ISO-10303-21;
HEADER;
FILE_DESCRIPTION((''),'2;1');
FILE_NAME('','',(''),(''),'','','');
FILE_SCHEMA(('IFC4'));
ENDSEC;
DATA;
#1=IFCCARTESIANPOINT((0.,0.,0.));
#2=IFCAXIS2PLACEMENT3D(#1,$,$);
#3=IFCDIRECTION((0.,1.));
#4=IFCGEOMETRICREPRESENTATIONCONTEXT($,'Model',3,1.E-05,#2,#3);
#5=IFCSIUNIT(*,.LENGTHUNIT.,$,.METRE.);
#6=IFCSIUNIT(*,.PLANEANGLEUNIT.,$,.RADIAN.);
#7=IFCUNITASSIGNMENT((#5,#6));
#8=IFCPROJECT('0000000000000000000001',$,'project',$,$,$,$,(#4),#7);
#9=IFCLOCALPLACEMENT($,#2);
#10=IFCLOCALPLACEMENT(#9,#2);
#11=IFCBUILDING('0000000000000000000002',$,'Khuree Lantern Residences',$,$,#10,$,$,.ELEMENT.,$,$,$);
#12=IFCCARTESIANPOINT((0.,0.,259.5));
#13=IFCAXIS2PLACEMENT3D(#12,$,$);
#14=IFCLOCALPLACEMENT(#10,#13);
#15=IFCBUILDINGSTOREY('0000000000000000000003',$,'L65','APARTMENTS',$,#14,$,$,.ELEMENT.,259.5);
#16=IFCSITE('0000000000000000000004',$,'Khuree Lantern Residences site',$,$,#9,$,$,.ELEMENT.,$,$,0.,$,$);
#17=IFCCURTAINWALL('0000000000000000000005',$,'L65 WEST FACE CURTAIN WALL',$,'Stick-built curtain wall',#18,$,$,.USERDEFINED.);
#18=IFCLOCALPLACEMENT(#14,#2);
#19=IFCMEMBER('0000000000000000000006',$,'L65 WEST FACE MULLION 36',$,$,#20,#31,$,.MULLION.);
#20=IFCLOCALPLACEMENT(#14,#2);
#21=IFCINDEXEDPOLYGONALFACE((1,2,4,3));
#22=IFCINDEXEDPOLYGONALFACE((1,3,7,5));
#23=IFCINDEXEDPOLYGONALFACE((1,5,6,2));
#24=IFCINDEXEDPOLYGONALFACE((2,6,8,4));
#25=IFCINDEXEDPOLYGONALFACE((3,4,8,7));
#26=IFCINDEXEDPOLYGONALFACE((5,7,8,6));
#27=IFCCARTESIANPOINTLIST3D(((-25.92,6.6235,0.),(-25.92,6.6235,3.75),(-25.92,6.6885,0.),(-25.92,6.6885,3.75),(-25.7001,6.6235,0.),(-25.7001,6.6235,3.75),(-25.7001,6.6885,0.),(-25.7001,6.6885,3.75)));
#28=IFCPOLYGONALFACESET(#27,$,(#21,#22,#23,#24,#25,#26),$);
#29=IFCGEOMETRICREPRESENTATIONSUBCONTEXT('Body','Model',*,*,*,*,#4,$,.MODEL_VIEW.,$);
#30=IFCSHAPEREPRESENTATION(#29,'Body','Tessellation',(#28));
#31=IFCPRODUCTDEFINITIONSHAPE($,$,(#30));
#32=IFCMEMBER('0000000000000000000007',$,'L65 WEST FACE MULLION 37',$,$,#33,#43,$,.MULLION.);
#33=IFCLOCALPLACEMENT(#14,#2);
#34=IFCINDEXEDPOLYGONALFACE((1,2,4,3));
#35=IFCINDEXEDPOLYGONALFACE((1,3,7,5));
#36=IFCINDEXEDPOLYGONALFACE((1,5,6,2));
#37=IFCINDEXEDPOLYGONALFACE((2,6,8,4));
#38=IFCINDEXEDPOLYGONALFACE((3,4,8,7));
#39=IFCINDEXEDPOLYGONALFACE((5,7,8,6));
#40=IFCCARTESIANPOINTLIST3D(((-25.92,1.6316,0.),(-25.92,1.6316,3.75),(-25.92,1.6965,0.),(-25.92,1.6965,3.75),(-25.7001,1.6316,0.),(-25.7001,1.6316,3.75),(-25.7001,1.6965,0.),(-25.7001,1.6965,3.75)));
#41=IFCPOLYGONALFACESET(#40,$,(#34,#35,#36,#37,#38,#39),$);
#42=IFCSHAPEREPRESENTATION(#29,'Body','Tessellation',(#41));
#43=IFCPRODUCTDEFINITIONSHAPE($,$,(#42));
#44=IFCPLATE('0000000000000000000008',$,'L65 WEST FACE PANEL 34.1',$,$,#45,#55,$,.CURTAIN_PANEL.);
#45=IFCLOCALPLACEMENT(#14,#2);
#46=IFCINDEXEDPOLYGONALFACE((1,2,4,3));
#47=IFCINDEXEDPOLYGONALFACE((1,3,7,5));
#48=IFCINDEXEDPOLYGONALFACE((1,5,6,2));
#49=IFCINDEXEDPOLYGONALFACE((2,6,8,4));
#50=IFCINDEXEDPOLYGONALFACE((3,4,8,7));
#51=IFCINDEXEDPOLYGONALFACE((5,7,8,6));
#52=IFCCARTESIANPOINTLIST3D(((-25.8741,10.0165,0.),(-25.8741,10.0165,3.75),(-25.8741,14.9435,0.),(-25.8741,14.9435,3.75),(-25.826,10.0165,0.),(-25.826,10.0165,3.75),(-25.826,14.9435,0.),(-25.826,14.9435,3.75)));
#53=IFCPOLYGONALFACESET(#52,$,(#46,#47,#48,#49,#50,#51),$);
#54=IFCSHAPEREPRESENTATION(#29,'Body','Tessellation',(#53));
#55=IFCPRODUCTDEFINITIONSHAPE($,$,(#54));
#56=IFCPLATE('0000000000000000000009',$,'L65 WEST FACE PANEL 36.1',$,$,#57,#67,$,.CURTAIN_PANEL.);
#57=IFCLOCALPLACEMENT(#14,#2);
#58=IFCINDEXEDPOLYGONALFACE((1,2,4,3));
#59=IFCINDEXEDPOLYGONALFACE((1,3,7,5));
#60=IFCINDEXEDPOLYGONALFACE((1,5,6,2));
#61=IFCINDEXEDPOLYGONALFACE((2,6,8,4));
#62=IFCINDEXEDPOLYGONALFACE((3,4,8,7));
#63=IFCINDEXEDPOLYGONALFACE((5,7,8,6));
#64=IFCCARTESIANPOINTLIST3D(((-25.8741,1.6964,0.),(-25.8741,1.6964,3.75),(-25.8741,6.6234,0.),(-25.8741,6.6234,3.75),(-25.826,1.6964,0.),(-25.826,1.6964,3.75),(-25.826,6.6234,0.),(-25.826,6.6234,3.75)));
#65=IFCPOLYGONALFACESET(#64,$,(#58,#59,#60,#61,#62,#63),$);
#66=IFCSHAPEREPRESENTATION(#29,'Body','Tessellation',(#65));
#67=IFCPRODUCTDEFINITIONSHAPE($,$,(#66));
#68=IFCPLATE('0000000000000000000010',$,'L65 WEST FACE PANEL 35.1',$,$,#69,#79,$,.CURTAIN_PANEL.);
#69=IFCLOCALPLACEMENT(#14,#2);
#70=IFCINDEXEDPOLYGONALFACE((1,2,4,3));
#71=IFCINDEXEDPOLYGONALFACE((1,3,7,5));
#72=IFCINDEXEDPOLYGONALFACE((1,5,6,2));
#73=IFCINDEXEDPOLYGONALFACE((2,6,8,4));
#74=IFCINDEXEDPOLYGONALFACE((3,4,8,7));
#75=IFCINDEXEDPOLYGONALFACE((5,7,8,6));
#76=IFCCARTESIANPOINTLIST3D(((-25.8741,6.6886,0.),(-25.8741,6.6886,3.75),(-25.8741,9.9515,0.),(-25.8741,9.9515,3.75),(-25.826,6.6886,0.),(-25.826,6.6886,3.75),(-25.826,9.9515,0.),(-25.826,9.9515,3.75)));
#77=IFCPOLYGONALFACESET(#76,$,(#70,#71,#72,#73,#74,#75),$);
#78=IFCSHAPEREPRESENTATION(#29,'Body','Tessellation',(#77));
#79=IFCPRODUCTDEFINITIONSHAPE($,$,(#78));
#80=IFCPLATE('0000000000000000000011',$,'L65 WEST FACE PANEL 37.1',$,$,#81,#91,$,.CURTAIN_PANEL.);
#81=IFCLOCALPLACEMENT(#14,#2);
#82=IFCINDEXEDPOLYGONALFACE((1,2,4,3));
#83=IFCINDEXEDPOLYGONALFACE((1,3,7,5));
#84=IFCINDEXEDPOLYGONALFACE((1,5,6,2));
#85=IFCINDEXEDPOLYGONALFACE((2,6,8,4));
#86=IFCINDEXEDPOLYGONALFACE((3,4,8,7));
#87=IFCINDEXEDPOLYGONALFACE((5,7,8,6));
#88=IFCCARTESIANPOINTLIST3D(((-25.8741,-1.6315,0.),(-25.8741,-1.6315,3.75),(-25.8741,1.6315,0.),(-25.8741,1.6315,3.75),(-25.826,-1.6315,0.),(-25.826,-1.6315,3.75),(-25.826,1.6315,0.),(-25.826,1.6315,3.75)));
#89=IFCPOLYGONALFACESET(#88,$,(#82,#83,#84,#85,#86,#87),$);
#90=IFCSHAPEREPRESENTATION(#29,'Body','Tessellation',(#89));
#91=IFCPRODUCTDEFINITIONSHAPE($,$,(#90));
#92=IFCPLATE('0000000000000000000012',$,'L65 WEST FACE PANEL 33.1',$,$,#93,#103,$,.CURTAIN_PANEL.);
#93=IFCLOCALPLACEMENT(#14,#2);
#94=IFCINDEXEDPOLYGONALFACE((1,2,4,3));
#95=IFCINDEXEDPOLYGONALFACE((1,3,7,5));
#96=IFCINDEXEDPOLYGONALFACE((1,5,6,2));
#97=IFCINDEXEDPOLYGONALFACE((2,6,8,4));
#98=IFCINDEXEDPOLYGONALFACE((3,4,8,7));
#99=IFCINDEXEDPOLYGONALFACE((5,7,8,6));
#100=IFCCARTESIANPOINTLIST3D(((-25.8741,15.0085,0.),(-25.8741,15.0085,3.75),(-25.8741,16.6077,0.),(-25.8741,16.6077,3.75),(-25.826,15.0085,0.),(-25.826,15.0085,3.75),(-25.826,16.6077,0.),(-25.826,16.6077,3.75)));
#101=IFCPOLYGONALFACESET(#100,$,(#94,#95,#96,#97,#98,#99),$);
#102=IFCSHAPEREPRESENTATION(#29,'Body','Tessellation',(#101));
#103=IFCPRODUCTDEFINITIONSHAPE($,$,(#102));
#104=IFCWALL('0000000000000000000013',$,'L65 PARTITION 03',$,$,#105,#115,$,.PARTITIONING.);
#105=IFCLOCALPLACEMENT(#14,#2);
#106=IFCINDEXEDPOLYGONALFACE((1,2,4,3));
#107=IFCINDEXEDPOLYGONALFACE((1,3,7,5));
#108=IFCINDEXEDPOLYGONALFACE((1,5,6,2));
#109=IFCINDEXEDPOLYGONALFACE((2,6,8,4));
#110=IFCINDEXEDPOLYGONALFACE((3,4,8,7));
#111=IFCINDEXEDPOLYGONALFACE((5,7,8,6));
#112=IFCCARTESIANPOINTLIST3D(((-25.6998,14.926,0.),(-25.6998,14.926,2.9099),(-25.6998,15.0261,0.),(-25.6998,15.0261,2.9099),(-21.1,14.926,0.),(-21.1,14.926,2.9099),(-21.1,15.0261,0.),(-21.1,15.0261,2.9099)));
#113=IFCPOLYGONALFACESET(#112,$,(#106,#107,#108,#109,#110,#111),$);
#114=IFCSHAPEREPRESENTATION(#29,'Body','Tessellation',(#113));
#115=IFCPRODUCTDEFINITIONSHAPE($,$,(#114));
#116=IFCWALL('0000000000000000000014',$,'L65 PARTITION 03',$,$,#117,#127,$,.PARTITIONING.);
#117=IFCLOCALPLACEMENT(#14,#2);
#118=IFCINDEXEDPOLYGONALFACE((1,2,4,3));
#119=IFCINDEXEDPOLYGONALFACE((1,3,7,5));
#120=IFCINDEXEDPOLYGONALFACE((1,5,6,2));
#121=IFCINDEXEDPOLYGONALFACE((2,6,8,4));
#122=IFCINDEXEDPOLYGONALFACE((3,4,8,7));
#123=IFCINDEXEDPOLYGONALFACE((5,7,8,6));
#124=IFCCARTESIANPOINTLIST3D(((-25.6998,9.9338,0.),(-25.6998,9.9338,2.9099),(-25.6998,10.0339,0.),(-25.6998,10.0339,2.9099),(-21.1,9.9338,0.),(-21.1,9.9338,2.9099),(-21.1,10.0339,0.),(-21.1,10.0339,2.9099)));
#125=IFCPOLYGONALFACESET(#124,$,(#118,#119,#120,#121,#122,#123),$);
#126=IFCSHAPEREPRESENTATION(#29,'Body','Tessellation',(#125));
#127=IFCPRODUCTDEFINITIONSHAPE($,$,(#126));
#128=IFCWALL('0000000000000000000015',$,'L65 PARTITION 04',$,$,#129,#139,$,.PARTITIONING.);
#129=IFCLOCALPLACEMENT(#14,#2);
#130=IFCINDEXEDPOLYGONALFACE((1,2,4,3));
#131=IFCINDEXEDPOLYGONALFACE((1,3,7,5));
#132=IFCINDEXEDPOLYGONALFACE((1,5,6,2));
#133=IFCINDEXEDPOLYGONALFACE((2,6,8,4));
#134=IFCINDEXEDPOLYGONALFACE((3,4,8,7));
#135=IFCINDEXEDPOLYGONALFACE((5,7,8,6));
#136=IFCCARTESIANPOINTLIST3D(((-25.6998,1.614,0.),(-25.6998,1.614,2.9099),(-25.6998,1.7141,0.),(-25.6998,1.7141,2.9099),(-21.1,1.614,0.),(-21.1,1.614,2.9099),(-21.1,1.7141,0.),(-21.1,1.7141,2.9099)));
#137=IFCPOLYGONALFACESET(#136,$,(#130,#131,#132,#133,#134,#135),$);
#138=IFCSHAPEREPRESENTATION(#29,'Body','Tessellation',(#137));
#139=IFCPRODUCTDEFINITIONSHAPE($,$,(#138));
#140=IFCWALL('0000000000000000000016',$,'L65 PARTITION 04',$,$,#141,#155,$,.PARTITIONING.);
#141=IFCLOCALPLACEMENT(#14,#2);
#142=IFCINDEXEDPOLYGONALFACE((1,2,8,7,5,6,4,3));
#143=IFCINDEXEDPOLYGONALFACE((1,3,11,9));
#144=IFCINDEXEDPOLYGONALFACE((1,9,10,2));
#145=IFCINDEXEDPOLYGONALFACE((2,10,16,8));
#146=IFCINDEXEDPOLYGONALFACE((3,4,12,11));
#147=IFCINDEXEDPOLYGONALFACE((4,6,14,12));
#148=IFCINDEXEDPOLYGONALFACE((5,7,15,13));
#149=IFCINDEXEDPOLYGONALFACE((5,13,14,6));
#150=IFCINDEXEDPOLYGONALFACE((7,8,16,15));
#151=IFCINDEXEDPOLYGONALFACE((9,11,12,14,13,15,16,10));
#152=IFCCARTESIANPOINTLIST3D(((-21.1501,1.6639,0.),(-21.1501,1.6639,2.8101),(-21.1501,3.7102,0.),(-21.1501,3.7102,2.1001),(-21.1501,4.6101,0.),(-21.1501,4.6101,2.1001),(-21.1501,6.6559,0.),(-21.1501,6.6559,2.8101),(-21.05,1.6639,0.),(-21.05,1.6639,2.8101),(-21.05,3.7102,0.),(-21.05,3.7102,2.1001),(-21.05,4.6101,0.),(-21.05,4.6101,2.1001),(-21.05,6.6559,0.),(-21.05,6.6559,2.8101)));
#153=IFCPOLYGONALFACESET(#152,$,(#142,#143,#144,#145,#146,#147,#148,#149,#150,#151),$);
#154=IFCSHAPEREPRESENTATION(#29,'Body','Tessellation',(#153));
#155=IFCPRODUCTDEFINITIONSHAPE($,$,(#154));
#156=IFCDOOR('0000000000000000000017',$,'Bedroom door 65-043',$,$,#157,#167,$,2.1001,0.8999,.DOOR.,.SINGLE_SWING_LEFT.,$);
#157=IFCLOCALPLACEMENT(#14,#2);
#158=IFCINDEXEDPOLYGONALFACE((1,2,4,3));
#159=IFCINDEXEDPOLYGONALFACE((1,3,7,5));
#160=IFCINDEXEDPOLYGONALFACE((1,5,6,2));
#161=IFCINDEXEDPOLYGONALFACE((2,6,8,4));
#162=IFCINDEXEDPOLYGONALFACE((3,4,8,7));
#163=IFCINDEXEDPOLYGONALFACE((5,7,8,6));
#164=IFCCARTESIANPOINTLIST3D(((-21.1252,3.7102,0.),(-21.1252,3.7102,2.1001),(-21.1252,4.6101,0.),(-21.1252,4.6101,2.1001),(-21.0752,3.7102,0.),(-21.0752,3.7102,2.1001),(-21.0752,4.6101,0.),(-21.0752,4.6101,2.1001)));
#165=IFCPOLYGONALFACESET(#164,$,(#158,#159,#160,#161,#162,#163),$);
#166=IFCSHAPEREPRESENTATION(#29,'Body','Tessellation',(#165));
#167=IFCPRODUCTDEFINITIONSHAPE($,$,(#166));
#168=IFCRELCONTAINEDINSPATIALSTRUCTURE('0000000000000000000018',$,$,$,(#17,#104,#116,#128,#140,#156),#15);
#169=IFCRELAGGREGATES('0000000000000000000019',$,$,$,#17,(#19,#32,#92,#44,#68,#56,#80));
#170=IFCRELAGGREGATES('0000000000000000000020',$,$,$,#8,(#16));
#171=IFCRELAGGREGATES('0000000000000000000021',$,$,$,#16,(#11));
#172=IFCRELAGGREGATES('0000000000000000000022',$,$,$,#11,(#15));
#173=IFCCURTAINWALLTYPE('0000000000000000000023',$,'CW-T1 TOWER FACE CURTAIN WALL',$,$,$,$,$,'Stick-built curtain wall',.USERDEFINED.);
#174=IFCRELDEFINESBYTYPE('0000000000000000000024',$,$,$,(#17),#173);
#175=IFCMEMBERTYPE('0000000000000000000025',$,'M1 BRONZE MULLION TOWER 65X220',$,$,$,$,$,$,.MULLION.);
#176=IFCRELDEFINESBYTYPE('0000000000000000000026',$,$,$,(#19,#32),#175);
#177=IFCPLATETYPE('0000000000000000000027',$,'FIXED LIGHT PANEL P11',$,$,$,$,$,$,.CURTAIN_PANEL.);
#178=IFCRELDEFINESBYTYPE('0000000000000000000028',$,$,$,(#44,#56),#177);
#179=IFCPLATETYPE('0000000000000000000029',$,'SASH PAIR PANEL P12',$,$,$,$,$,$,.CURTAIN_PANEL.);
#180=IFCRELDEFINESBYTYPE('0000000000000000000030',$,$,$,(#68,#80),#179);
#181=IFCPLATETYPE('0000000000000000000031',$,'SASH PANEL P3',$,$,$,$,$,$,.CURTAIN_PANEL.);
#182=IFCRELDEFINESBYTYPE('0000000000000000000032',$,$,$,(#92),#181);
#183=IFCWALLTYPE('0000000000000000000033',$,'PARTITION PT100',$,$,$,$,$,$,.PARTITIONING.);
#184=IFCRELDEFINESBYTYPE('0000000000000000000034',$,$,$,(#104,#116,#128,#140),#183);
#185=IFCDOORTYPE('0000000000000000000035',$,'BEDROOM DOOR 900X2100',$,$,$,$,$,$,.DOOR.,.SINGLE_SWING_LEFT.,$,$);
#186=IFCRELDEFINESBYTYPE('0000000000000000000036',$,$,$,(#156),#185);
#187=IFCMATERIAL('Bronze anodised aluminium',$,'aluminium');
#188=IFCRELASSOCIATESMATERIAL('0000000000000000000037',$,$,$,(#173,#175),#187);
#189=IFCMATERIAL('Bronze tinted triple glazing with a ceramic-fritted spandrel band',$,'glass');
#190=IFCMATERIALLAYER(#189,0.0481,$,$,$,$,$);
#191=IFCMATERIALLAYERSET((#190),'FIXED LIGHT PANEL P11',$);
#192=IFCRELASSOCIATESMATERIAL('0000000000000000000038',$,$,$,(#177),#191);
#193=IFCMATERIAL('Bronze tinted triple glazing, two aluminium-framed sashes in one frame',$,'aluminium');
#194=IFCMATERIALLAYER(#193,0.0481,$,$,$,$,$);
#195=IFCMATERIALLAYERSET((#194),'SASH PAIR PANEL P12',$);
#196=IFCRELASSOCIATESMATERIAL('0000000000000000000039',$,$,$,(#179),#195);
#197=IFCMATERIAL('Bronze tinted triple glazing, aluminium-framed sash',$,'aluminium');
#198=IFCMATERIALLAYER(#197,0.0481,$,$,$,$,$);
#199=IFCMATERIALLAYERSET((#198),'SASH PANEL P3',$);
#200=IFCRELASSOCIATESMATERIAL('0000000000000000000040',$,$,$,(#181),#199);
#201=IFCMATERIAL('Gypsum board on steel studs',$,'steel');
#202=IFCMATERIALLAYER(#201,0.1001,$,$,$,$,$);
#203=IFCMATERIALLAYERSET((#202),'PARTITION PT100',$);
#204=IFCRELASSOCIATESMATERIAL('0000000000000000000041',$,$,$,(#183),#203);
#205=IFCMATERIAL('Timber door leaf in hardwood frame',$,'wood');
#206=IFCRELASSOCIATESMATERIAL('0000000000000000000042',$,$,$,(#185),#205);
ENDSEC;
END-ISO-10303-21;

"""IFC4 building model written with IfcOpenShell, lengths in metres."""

from ifc_helpers import new_model, si_unit, direction, frame, frame_2d, origin, origin_2d, place, context, subcontext, project, spatial, rectangle, extrude, material, layer, layer_set, material_profile, profile_set, type_object, element, fill, aggregate, save


model = new_model("IFC4")

# Units and contexts
model_context = context("Model", 3, precision=1e-05, world=origin(), true_north=direction((0.0, 1.0)))
body_context = subcontext(model_context, "Body", "Model", "MODEL_VIEW")
ifc_project = project(units=[si_unit("LENGTHUNIT", "METRE"), si_unit("PLANEANGLEUNIT", "RADIAN")], contexts=[model_context])

# Site, building, storey
site_placement = place(None, origin())
site = spatial("IfcSite", under=ifc_project, at=site_placement, Name="Khuree Lantern Residences site", CompositionType="ELEMENT", RefElevation=0.0)
building_placement = place(site_placement, origin())
building = spatial("IfcBuilding", under=site, at=building_placement, Name="Khuree Lantern Residences", CompositionType="ELEMENT")
storey_placement = place(building_placement, frame((0.0, 0.0, 259.5)))
storey = spatial("IfcBuildingStorey", under=building, at=storey_placement, Name="L65", Description="APARTMENTS", CompositionType="ELEMENT", Elevation=259.5)

# Curtain wall
ifc_material_1 = material(Name="Bronze anodised aluminium", Category="aluminium")
curtain_wall_type = type_object("IfcCurtainWallType", Name="CW-T1 TOWER FACE CURTAIN WALL", ElementType="Stick-built curtain wall", PredefinedType="USERDEFINED", material=ifc_material_1)
curtain_wall_placement = place(storey_placement, origin())
curtain_wall = element("IfcCurtainWall", 1, at=curtain_wall_placement, inside=storey, type_object=curtain_wall_type, Name="L65 WEST FACE CURTAIN WALL", ObjectType="Stick-built curtain wall", PredefinedType="USERDEFINED")

# Members
ifc_material_profile_1 = material_profile(ifc_material_1, rectangle(XDim=0.0649, YDim=0.22, at=origin_2d()), Name="M1 65X220")
ifc_profile_set_1 = profile_set([ifc_material_profile_1], Name="Bronze anodised aluminium")
member_type_1 = type_object("IfcMemberType", Name="M1 BRONZE MULLION TOWER 65X220", PredefinedType="MULLION", material=ifc_profile_set_1)
member_1_placement = place(storey_placement, frame((-25.8101, 6.656, 0.0), z_axis=(0.0, 0.0, 1.0), x_axis=(0.0, -1.0, 0.0)))
member_1 = element("IfcMember", 2, at=member_1_placement, type_object=member_type_1, Name="L65 WEST FACE MULLION 36", PredefinedType="MULLION", context=body_context, shape_type="SweptSolid", body=[
    extrude(rectangle(XDim=0.0649, YDim=0.22, at=origin_2d()), origin(), (0.0, 0.0, 1.0), 3.75),
])
member_2_placement = place(storey_placement, frame((-25.8101, 1.6641, 0.0), z_axis=(0.0, 0.0, 1.0), x_axis=(0.0, -1.0, 0.0)))
member_2 = element("IfcMember", 3, at=member_2_placement, type_object=member_type_1, Name="L65 WEST FACE MULLION 37", PredefinedType="MULLION", context=body_context, shape_type="SweptSolid", body=[
    extrude(rectangle(XDim=0.0649, YDim=0.22, at=origin_2d()), origin(), (0.0, 0.0, 1.0), 3.75),
])

# Plates
ifc_material_2 = material(Name="Bronze tinted triple glazing with a ceramic-fritted spandrel band", Category="glass")
ifc_layer_1 = layer(ifc_material_2, 0.0481)
ifc_layer_set_1 = layer_set([ifc_layer_1], Name="FIXED LIGHT PANEL P11")
plate_type_1 = type_object("IfcPlateType", Name="FIXED LIGHT PANEL P11", PredefinedType="CURTAIN_PANEL", material=ifc_layer_set_1)
plate_1_placement = place(storey_placement, frame((-25.8501, 12.48, 0.0), z_axis=(0.0, 0.0, 1.0), x_axis=(0.0, -1.0, 0.0)))
plate_1 = element("IfcPlate", 4, at=plate_1_placement, type_object=plate_type_1, Name="L65 WEST FACE PANEL 34.1", PredefinedType="CURTAIN_PANEL", context=body_context, shape_type="SweptSolid", body=[
    extrude(rectangle(XDim=4.927, YDim=0.0481, at=origin_2d()), origin(), (0.0, 0.0, 1.0), 3.75),
])
plate_2_placement = place(storey_placement, frame((-25.8501, 4.1599, 0.0), z_axis=(0.0, 0.0, 1.0), x_axis=(0.0, -1.0, 0.0)))
plate_2 = element("IfcPlate", 5, at=plate_2_placement, type_object=plate_type_1, Name="L65 WEST FACE PANEL 36.1", PredefinedType="CURTAIN_PANEL", context=body_context, shape_type="SweptSolid", body=[
    extrude(rectangle(XDim=4.927, YDim=0.0481, at=origin_2d()), origin(), (0.0, 0.0, 1.0), 3.75),
])
ifc_material_3 = material(Name="Bronze tinted triple glazing, two aluminium-framed sashes in one frame", Category="aluminium")
ifc_layer_2 = layer(ifc_material_3, 0.0481)
ifc_layer_set_2 = layer_set([ifc_layer_2], Name="SASH PAIR PANEL P12")
plate_type_2 = type_object("IfcPlateType", Name="SASH PAIR PANEL P12", PredefinedType="CURTAIN_PANEL", material=ifc_layer_set_2)
plate_3_placement = place(storey_placement, frame((-25.8501, 8.3201, 0.0), z_axis=(0.0, 0.0, 1.0), x_axis=(0.0, -1.0, 0.0)))
plate_3 = element("IfcPlate", 6, at=plate_3_placement, type_object=plate_type_2, Name="L65 WEST FACE PANEL 35.1", PredefinedType="CURTAIN_PANEL", context=body_context, shape_type="SweptSolid", body=[
    extrude(rectangle(XDim=3.2629, YDim=0.0481, at=origin_2d()), origin(), (0.0, 0.0, 1.0), 3.75),
])
plate_4_placement = place(storey_placement, frame((-25.8501, 0.0, 0.0), z_axis=(0.0, 0.0, 1.0), x_axis=(0.0, -1.0, 0.0)))
plate_4 = element("IfcPlate", 7, at=plate_4_placement, type_object=plate_type_2, Name="L65 WEST FACE PANEL 37.1", PredefinedType="CURTAIN_PANEL", context=body_context, shape_type="SweptSolid", body=[
    extrude(rectangle(XDim=3.2629, YDim=0.0481, at=origin_2d()), origin(), (0.0, 0.0, 1.0), 3.75),
])
ifc_material_4 = material(Name="Bronze tinted triple glazing, aluminium-framed sash", Category="aluminium")
ifc_layer_3 = layer(ifc_material_4, 0.0481)
ifc_layer_set_3 = layer_set([ifc_layer_3], Name="SASH PANEL P3")
plate_type_3 = type_object("IfcPlateType", Name="SASH PANEL P3", PredefinedType="CURTAIN_PANEL", material=ifc_layer_set_3)
plate_5_placement = place(storey_placement, frame((-25.8501, 15.8081, 0.0), z_axis=(0.0, 0.0, 1.0), x_axis=(0.0, -1.0, 0.0)))
plate_5 = element("IfcPlate", 8, at=plate_5_placement, type_object=plate_type_3, Name="L65 WEST FACE PANEL 33.1", PredefinedType="CURTAIN_PANEL", context=body_context, shape_type="SweptSolid", body=[
    extrude(rectangle(XDim=1.5991, YDim=0.0481, at=origin_2d()), origin(), (0.0, 0.0, 1.0), 3.75),
])
aggregate(curtain_wall, [member_1, member_2, plate_5, plate_1, plate_3, plate_2, plate_4])

# Walls
ifc_material_5 = material(Name="Gypsum board on steel studs", Category="steel")
ifc_layer_4 = layer(ifc_material_5, 0.1001)
ifc_layer_set_4 = layer_set([ifc_layer_4], Name="PARTITION PT100")
wall_type = type_object("IfcWallType", Name="PARTITION PT100", PredefinedType="PARTITIONING", material=ifc_layer_set_4)
for number, where, z_axis, x_axis, name in (
    (9, (-21.1001, 14.9761, 0.0), (0.0, 0.0, 1.0), (-1.0, 0.0, 0.0), "L65 PARTITION 03"),
    (10, (-21.1001, 9.9839, 0.0), (0.0, 0.0, 1.0), (-1.0, 0.0, 0.0), "L65 PARTITION 03"),
    (11, (-21.1001, 1.6641, 0.0), (0.0, 0.0, 1.0), (-1.0, 0.0, 0.0), "L65 PARTITION 04"),
):
    element("IfcWall", number, at=place(storey_placement, frame(where, z_axis=z_axis, x_axis=x_axis)), inside=storey, type_object=wall_type, Name=name, PredefinedType="PARTITIONING", context=body_context, shape_type="SweptSolid", body=[
        extrude(rectangle(XDim=4.5999, YDim=0.1001, at=frame_2d((2.2998, 0.0))), origin(), (0.0, 0.0, 1.0), 2.9099),
    ])

# Wall, opening, door
wall_1_placement = place(storey_placement, frame((-21.1001, 6.656, 0.0), z_axis=(0.0, 0.0, 1.0), x_axis=(0.0, -1.0, 0.0)))
wall_1 = element("IfcWall", 12, at=wall_1_placement, inside=storey, type_object=wall_type, Name="L65 PARTITION 04", PredefinedType="PARTITIONING", context=body_context, shape_type="SweptSolid", body=[
    extrude(rectangle(XDim=4.9919, YDim=0.1001, at=frame_2d((2.4961, 0.0))), origin(), (0.0, 0.0, 1.0), 2.8101),
])
opening_1_placement = place(wall_1_placement, frame((2.0459, 0.0, 0.0)))
opening_1 = element("IfcOpeningElement", 13, at=opening_1_placement, cuts=wall_1, PredefinedType="OPENING", context=body_context, shape_type="SweptSolid", body=[
    extrude(rectangle(XDim=0.8999, YDim=2.1001, at=frame_2d((0.45, 1.05))), frame((0.0, 0.0601, 0.0), z_axis=(0.0, -1.0, 0.0), x_axis=(1.0, 0.0, 0.0)), (0.0, 0.0, 1.0), 0.1201),
])
ifc_material_6 = material(Name="Timber door leaf in hardwood frame", Category="wood")
door_type = type_object("IfcDoorType", Name="BEDROOM DOOR 900X2100", OperationType="SINGLE_SWING_LEFT", PredefinedType="DOOR", material=ifc_material_6)
door_1_placement = place(opening_1_placement, origin())
door_1 = element("IfcDoor", 14, at=door_1_placement, inside=storey, type_object=door_type, Name="Bedroom door 65-043", OperationType="SINGLE_SWING_LEFT", OverallHeight=2.1001, OverallWidth=0.8999, PredefinedType="DOOR", context=body_context, shape_type="SweptSolid", body=[
    extrude(rectangle(XDim=0.8999, YDim=2.1001, at=frame_2d((0.45, 1.05))), frame((0.0, 0.0249, 0.0), z_axis=(0.0, -1.0, 0.0), x_axis=(1.0, 0.0, 0.0)), (0.0, 0.0, 1.0), 0.05),
])
fill(opening_1, door_1)

save(model, "model.ifc")
